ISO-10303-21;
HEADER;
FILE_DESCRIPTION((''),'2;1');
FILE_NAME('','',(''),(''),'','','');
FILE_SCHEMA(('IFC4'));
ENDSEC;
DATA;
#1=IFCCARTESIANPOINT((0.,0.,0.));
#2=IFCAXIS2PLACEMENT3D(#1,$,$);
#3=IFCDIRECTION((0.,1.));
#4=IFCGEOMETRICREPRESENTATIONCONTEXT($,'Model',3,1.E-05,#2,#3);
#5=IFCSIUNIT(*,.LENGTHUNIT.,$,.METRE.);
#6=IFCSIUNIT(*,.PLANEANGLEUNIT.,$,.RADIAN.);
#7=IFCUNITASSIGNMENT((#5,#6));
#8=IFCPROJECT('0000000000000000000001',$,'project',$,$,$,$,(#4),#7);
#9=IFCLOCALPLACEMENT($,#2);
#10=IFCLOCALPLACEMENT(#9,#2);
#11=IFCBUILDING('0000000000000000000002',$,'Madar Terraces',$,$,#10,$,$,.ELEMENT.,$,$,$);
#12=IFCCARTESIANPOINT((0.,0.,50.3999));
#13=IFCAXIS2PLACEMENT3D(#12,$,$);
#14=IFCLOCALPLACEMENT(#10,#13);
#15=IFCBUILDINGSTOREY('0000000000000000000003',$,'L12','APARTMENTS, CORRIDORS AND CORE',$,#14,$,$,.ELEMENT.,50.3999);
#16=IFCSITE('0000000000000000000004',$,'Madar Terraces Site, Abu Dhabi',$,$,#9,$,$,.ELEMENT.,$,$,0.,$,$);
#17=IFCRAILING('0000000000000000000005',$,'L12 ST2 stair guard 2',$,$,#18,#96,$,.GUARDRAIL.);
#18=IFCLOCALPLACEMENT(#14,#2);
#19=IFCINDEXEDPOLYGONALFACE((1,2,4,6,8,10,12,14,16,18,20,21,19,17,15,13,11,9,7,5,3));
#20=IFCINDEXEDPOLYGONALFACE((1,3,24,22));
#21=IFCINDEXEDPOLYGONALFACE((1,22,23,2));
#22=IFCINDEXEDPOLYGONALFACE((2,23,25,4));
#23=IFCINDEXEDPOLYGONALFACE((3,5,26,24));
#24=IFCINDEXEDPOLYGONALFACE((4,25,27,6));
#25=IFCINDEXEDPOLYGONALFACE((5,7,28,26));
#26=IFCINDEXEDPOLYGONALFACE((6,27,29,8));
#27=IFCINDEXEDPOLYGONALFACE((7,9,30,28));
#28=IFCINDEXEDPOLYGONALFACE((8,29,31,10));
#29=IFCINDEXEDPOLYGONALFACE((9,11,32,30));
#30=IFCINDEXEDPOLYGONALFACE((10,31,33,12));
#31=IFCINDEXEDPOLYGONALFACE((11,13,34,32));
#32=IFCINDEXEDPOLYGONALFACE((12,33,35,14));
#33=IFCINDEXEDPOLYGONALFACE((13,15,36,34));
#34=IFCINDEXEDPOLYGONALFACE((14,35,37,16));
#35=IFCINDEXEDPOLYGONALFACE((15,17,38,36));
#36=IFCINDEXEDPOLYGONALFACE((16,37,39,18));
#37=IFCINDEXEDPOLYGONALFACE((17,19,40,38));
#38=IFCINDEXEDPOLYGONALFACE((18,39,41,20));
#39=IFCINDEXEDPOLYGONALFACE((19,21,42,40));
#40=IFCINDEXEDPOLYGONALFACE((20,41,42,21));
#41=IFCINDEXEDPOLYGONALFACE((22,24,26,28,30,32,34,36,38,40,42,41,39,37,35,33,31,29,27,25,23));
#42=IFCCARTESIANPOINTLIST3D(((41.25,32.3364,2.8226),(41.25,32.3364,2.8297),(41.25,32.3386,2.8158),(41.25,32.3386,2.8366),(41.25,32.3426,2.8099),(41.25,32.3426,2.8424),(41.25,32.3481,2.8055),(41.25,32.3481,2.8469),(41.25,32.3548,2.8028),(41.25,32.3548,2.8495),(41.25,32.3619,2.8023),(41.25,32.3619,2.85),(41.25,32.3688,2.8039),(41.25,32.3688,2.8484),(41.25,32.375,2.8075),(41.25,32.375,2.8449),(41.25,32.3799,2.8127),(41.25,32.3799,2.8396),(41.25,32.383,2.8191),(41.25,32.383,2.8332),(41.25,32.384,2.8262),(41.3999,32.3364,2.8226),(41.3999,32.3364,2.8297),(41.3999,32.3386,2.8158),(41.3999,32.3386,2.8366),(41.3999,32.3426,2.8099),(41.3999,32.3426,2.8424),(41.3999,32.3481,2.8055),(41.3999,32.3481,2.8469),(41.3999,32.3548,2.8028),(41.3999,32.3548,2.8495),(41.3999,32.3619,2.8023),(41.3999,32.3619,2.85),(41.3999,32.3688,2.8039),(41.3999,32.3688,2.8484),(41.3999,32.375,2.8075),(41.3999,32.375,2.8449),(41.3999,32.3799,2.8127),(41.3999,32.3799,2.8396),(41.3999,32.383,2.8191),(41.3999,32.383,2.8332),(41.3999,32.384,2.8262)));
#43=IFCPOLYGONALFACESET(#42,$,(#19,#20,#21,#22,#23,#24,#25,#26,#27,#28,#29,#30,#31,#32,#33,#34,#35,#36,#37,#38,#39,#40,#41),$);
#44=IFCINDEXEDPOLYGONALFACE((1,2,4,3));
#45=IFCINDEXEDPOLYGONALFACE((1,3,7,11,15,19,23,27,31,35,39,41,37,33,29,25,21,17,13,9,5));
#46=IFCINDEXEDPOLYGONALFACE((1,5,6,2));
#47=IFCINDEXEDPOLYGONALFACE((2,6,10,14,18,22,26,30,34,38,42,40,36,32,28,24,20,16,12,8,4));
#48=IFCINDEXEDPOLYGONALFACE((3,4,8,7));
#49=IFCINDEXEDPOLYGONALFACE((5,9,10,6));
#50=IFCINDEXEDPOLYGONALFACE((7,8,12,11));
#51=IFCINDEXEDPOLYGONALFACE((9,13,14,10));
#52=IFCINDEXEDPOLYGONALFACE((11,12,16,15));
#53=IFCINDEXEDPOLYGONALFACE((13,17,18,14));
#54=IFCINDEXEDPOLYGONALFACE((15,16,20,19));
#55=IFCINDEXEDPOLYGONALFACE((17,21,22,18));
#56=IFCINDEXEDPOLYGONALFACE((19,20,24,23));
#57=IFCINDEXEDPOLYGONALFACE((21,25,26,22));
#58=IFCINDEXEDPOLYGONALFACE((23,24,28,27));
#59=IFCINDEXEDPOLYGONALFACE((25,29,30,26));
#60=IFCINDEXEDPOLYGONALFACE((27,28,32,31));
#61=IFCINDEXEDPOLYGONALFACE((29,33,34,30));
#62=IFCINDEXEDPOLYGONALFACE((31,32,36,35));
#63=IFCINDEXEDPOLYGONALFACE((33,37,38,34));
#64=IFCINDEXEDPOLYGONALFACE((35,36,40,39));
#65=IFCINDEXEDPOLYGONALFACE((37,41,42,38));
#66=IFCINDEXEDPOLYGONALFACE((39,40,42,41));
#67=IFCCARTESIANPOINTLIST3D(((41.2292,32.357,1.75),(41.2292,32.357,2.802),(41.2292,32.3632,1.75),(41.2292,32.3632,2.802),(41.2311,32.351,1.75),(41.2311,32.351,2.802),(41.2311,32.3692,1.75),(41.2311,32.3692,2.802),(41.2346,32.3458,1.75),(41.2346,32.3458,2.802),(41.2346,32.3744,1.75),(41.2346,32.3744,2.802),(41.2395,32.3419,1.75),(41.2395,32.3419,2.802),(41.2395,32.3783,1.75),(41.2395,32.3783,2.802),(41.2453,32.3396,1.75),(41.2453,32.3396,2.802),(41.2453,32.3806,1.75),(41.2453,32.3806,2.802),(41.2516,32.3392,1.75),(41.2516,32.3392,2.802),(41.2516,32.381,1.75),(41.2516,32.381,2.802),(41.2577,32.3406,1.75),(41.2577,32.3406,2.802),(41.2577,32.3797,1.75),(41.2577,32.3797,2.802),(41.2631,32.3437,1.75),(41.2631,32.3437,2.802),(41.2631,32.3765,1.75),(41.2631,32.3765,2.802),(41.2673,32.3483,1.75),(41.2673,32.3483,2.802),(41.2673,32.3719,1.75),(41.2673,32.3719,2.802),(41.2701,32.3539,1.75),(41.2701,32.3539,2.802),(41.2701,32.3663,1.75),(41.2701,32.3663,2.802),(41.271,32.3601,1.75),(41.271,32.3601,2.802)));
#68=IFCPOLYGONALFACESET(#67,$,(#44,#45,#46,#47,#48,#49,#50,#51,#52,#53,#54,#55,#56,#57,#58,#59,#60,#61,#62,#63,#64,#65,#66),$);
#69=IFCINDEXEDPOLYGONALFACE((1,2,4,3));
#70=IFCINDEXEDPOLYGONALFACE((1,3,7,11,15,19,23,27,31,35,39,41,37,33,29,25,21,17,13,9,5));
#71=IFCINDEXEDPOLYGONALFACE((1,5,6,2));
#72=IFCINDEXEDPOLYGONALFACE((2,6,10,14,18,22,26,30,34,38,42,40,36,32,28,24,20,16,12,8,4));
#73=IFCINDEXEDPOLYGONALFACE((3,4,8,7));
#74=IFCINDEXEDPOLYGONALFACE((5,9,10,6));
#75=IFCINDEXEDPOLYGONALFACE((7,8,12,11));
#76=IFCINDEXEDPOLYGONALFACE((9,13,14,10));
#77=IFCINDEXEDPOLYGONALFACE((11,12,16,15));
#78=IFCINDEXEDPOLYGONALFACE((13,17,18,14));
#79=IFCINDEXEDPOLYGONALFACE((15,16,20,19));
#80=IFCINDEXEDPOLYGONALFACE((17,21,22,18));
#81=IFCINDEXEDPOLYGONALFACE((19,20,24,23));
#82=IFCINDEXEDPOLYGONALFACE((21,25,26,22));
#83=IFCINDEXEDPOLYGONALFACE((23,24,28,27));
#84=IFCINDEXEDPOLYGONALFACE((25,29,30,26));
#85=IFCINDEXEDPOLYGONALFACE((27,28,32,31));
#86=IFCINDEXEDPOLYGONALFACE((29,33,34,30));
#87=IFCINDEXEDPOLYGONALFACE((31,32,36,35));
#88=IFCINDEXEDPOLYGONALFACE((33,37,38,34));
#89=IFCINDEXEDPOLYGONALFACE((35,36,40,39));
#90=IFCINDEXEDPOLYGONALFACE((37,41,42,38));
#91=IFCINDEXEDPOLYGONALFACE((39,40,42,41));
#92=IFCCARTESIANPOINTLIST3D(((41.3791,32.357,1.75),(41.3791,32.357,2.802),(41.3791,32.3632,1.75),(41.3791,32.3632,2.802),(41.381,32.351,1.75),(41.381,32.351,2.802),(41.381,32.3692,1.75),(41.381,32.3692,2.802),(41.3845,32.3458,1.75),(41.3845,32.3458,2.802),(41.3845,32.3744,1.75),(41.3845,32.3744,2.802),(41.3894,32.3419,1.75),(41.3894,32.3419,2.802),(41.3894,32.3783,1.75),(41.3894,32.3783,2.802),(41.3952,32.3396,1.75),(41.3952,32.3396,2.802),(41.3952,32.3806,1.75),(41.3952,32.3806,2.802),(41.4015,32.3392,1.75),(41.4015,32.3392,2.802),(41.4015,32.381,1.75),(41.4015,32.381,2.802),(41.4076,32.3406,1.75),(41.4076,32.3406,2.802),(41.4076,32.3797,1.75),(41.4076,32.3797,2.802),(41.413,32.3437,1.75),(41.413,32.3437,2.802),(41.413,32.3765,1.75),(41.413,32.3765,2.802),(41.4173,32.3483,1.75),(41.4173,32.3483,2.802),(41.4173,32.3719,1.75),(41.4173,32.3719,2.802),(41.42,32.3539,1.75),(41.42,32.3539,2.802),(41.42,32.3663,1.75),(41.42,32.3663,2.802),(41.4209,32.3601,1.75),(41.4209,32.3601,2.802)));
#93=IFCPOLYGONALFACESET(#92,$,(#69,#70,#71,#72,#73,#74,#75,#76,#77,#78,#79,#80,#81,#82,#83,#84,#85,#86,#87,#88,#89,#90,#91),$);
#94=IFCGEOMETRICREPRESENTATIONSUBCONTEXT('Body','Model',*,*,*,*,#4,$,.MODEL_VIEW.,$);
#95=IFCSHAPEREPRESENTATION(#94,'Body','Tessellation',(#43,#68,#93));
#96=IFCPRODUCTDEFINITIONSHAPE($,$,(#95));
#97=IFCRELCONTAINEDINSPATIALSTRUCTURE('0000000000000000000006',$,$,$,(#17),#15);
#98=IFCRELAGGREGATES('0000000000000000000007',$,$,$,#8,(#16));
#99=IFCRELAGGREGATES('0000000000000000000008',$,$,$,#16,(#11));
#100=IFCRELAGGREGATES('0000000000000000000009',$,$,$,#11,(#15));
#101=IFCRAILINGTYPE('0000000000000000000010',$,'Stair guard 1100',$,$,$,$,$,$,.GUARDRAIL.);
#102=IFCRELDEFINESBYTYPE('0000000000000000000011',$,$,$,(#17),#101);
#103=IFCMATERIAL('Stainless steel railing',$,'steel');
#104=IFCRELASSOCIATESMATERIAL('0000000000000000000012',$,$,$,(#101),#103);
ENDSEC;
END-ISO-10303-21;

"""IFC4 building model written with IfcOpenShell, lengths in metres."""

from ifc_helpers import new_model, si_unit, direction, frame, origin, origin_2d, place, context, subcontext, project, spatial, circle, extrude, material, type_object, element, save


model = new_model("IFC4")

# Units and contexts
model_context = context("Model", 3, precision=1e-05, world=origin(), true_north=direction((0.0, 1.0)))
body_context = subcontext(model_context, "Body", "Model", "MODEL_VIEW")
ifc_project = project(units=[si_unit("LENGTHUNIT", "METRE"), si_unit("PLANEANGLEUNIT", "RADIAN")], contexts=[model_context])

# Site, building, storey
site_placement = place(None, origin())
site = spatial("IfcSite", under=ifc_project, at=site_placement, Name="Madar Terraces Site, Abu Dhabi", CompositionType="ELEMENT", RefElevation=0.0)
building_placement = place(site_placement, origin())
building = spatial("IfcBuilding", under=site, at=building_placement, Name="Madar Terraces", CompositionType="ELEMENT")
storey_placement = place(building_placement, frame((0.0, 0.0, 50.3999)))
storey = spatial("IfcBuildingStorey", under=building, at=storey_placement, Name="L12", Description="APARTMENTS, CORRIDORS AND CORE", CompositionType="ELEMENT", Elevation=50.3999)

# Railing
ifc_material_1 = material(Name="Stainless steel railing", Category="steel")
railing_type_1 = type_object("IfcRailingType", Name="Stair guard 1100", PredefinedType="GUARDRAIL", material=ifc_material_1)
railing_1_placement = place(storey_placement, frame((41.25, 32.3601, 1.75)))
element("IfcRailing", 1, at=railing_1_placement, inside=storey, type_object=railing_type_1, Name="L12 ST2 stair guard 2", PredefinedType="GUARDRAIL", context=body_context, shape_type="SweptSolid", body=[
    extrude(circle(Radius=0.0239, at=origin_2d()), frame((0.0, 0.0, 1.0762), z_axis=(1.0, 0.0, 0.0), x_axis=(0.0, 1.0, 0.0)), (0.0, 0.0, 1.0), 0.1499),
    extrude(circle(Radius=0.021, at=origin_2d()), origin(), (0.0, 0.0, 1.0), 1.052),
    extrude(circle(Radius=0.021, at=origin_2d()), frame((0.1499, 0.0, 0.0)), (0.0, 0.0, 1.0), 1.052),
])

save(model, "model.ifc")
